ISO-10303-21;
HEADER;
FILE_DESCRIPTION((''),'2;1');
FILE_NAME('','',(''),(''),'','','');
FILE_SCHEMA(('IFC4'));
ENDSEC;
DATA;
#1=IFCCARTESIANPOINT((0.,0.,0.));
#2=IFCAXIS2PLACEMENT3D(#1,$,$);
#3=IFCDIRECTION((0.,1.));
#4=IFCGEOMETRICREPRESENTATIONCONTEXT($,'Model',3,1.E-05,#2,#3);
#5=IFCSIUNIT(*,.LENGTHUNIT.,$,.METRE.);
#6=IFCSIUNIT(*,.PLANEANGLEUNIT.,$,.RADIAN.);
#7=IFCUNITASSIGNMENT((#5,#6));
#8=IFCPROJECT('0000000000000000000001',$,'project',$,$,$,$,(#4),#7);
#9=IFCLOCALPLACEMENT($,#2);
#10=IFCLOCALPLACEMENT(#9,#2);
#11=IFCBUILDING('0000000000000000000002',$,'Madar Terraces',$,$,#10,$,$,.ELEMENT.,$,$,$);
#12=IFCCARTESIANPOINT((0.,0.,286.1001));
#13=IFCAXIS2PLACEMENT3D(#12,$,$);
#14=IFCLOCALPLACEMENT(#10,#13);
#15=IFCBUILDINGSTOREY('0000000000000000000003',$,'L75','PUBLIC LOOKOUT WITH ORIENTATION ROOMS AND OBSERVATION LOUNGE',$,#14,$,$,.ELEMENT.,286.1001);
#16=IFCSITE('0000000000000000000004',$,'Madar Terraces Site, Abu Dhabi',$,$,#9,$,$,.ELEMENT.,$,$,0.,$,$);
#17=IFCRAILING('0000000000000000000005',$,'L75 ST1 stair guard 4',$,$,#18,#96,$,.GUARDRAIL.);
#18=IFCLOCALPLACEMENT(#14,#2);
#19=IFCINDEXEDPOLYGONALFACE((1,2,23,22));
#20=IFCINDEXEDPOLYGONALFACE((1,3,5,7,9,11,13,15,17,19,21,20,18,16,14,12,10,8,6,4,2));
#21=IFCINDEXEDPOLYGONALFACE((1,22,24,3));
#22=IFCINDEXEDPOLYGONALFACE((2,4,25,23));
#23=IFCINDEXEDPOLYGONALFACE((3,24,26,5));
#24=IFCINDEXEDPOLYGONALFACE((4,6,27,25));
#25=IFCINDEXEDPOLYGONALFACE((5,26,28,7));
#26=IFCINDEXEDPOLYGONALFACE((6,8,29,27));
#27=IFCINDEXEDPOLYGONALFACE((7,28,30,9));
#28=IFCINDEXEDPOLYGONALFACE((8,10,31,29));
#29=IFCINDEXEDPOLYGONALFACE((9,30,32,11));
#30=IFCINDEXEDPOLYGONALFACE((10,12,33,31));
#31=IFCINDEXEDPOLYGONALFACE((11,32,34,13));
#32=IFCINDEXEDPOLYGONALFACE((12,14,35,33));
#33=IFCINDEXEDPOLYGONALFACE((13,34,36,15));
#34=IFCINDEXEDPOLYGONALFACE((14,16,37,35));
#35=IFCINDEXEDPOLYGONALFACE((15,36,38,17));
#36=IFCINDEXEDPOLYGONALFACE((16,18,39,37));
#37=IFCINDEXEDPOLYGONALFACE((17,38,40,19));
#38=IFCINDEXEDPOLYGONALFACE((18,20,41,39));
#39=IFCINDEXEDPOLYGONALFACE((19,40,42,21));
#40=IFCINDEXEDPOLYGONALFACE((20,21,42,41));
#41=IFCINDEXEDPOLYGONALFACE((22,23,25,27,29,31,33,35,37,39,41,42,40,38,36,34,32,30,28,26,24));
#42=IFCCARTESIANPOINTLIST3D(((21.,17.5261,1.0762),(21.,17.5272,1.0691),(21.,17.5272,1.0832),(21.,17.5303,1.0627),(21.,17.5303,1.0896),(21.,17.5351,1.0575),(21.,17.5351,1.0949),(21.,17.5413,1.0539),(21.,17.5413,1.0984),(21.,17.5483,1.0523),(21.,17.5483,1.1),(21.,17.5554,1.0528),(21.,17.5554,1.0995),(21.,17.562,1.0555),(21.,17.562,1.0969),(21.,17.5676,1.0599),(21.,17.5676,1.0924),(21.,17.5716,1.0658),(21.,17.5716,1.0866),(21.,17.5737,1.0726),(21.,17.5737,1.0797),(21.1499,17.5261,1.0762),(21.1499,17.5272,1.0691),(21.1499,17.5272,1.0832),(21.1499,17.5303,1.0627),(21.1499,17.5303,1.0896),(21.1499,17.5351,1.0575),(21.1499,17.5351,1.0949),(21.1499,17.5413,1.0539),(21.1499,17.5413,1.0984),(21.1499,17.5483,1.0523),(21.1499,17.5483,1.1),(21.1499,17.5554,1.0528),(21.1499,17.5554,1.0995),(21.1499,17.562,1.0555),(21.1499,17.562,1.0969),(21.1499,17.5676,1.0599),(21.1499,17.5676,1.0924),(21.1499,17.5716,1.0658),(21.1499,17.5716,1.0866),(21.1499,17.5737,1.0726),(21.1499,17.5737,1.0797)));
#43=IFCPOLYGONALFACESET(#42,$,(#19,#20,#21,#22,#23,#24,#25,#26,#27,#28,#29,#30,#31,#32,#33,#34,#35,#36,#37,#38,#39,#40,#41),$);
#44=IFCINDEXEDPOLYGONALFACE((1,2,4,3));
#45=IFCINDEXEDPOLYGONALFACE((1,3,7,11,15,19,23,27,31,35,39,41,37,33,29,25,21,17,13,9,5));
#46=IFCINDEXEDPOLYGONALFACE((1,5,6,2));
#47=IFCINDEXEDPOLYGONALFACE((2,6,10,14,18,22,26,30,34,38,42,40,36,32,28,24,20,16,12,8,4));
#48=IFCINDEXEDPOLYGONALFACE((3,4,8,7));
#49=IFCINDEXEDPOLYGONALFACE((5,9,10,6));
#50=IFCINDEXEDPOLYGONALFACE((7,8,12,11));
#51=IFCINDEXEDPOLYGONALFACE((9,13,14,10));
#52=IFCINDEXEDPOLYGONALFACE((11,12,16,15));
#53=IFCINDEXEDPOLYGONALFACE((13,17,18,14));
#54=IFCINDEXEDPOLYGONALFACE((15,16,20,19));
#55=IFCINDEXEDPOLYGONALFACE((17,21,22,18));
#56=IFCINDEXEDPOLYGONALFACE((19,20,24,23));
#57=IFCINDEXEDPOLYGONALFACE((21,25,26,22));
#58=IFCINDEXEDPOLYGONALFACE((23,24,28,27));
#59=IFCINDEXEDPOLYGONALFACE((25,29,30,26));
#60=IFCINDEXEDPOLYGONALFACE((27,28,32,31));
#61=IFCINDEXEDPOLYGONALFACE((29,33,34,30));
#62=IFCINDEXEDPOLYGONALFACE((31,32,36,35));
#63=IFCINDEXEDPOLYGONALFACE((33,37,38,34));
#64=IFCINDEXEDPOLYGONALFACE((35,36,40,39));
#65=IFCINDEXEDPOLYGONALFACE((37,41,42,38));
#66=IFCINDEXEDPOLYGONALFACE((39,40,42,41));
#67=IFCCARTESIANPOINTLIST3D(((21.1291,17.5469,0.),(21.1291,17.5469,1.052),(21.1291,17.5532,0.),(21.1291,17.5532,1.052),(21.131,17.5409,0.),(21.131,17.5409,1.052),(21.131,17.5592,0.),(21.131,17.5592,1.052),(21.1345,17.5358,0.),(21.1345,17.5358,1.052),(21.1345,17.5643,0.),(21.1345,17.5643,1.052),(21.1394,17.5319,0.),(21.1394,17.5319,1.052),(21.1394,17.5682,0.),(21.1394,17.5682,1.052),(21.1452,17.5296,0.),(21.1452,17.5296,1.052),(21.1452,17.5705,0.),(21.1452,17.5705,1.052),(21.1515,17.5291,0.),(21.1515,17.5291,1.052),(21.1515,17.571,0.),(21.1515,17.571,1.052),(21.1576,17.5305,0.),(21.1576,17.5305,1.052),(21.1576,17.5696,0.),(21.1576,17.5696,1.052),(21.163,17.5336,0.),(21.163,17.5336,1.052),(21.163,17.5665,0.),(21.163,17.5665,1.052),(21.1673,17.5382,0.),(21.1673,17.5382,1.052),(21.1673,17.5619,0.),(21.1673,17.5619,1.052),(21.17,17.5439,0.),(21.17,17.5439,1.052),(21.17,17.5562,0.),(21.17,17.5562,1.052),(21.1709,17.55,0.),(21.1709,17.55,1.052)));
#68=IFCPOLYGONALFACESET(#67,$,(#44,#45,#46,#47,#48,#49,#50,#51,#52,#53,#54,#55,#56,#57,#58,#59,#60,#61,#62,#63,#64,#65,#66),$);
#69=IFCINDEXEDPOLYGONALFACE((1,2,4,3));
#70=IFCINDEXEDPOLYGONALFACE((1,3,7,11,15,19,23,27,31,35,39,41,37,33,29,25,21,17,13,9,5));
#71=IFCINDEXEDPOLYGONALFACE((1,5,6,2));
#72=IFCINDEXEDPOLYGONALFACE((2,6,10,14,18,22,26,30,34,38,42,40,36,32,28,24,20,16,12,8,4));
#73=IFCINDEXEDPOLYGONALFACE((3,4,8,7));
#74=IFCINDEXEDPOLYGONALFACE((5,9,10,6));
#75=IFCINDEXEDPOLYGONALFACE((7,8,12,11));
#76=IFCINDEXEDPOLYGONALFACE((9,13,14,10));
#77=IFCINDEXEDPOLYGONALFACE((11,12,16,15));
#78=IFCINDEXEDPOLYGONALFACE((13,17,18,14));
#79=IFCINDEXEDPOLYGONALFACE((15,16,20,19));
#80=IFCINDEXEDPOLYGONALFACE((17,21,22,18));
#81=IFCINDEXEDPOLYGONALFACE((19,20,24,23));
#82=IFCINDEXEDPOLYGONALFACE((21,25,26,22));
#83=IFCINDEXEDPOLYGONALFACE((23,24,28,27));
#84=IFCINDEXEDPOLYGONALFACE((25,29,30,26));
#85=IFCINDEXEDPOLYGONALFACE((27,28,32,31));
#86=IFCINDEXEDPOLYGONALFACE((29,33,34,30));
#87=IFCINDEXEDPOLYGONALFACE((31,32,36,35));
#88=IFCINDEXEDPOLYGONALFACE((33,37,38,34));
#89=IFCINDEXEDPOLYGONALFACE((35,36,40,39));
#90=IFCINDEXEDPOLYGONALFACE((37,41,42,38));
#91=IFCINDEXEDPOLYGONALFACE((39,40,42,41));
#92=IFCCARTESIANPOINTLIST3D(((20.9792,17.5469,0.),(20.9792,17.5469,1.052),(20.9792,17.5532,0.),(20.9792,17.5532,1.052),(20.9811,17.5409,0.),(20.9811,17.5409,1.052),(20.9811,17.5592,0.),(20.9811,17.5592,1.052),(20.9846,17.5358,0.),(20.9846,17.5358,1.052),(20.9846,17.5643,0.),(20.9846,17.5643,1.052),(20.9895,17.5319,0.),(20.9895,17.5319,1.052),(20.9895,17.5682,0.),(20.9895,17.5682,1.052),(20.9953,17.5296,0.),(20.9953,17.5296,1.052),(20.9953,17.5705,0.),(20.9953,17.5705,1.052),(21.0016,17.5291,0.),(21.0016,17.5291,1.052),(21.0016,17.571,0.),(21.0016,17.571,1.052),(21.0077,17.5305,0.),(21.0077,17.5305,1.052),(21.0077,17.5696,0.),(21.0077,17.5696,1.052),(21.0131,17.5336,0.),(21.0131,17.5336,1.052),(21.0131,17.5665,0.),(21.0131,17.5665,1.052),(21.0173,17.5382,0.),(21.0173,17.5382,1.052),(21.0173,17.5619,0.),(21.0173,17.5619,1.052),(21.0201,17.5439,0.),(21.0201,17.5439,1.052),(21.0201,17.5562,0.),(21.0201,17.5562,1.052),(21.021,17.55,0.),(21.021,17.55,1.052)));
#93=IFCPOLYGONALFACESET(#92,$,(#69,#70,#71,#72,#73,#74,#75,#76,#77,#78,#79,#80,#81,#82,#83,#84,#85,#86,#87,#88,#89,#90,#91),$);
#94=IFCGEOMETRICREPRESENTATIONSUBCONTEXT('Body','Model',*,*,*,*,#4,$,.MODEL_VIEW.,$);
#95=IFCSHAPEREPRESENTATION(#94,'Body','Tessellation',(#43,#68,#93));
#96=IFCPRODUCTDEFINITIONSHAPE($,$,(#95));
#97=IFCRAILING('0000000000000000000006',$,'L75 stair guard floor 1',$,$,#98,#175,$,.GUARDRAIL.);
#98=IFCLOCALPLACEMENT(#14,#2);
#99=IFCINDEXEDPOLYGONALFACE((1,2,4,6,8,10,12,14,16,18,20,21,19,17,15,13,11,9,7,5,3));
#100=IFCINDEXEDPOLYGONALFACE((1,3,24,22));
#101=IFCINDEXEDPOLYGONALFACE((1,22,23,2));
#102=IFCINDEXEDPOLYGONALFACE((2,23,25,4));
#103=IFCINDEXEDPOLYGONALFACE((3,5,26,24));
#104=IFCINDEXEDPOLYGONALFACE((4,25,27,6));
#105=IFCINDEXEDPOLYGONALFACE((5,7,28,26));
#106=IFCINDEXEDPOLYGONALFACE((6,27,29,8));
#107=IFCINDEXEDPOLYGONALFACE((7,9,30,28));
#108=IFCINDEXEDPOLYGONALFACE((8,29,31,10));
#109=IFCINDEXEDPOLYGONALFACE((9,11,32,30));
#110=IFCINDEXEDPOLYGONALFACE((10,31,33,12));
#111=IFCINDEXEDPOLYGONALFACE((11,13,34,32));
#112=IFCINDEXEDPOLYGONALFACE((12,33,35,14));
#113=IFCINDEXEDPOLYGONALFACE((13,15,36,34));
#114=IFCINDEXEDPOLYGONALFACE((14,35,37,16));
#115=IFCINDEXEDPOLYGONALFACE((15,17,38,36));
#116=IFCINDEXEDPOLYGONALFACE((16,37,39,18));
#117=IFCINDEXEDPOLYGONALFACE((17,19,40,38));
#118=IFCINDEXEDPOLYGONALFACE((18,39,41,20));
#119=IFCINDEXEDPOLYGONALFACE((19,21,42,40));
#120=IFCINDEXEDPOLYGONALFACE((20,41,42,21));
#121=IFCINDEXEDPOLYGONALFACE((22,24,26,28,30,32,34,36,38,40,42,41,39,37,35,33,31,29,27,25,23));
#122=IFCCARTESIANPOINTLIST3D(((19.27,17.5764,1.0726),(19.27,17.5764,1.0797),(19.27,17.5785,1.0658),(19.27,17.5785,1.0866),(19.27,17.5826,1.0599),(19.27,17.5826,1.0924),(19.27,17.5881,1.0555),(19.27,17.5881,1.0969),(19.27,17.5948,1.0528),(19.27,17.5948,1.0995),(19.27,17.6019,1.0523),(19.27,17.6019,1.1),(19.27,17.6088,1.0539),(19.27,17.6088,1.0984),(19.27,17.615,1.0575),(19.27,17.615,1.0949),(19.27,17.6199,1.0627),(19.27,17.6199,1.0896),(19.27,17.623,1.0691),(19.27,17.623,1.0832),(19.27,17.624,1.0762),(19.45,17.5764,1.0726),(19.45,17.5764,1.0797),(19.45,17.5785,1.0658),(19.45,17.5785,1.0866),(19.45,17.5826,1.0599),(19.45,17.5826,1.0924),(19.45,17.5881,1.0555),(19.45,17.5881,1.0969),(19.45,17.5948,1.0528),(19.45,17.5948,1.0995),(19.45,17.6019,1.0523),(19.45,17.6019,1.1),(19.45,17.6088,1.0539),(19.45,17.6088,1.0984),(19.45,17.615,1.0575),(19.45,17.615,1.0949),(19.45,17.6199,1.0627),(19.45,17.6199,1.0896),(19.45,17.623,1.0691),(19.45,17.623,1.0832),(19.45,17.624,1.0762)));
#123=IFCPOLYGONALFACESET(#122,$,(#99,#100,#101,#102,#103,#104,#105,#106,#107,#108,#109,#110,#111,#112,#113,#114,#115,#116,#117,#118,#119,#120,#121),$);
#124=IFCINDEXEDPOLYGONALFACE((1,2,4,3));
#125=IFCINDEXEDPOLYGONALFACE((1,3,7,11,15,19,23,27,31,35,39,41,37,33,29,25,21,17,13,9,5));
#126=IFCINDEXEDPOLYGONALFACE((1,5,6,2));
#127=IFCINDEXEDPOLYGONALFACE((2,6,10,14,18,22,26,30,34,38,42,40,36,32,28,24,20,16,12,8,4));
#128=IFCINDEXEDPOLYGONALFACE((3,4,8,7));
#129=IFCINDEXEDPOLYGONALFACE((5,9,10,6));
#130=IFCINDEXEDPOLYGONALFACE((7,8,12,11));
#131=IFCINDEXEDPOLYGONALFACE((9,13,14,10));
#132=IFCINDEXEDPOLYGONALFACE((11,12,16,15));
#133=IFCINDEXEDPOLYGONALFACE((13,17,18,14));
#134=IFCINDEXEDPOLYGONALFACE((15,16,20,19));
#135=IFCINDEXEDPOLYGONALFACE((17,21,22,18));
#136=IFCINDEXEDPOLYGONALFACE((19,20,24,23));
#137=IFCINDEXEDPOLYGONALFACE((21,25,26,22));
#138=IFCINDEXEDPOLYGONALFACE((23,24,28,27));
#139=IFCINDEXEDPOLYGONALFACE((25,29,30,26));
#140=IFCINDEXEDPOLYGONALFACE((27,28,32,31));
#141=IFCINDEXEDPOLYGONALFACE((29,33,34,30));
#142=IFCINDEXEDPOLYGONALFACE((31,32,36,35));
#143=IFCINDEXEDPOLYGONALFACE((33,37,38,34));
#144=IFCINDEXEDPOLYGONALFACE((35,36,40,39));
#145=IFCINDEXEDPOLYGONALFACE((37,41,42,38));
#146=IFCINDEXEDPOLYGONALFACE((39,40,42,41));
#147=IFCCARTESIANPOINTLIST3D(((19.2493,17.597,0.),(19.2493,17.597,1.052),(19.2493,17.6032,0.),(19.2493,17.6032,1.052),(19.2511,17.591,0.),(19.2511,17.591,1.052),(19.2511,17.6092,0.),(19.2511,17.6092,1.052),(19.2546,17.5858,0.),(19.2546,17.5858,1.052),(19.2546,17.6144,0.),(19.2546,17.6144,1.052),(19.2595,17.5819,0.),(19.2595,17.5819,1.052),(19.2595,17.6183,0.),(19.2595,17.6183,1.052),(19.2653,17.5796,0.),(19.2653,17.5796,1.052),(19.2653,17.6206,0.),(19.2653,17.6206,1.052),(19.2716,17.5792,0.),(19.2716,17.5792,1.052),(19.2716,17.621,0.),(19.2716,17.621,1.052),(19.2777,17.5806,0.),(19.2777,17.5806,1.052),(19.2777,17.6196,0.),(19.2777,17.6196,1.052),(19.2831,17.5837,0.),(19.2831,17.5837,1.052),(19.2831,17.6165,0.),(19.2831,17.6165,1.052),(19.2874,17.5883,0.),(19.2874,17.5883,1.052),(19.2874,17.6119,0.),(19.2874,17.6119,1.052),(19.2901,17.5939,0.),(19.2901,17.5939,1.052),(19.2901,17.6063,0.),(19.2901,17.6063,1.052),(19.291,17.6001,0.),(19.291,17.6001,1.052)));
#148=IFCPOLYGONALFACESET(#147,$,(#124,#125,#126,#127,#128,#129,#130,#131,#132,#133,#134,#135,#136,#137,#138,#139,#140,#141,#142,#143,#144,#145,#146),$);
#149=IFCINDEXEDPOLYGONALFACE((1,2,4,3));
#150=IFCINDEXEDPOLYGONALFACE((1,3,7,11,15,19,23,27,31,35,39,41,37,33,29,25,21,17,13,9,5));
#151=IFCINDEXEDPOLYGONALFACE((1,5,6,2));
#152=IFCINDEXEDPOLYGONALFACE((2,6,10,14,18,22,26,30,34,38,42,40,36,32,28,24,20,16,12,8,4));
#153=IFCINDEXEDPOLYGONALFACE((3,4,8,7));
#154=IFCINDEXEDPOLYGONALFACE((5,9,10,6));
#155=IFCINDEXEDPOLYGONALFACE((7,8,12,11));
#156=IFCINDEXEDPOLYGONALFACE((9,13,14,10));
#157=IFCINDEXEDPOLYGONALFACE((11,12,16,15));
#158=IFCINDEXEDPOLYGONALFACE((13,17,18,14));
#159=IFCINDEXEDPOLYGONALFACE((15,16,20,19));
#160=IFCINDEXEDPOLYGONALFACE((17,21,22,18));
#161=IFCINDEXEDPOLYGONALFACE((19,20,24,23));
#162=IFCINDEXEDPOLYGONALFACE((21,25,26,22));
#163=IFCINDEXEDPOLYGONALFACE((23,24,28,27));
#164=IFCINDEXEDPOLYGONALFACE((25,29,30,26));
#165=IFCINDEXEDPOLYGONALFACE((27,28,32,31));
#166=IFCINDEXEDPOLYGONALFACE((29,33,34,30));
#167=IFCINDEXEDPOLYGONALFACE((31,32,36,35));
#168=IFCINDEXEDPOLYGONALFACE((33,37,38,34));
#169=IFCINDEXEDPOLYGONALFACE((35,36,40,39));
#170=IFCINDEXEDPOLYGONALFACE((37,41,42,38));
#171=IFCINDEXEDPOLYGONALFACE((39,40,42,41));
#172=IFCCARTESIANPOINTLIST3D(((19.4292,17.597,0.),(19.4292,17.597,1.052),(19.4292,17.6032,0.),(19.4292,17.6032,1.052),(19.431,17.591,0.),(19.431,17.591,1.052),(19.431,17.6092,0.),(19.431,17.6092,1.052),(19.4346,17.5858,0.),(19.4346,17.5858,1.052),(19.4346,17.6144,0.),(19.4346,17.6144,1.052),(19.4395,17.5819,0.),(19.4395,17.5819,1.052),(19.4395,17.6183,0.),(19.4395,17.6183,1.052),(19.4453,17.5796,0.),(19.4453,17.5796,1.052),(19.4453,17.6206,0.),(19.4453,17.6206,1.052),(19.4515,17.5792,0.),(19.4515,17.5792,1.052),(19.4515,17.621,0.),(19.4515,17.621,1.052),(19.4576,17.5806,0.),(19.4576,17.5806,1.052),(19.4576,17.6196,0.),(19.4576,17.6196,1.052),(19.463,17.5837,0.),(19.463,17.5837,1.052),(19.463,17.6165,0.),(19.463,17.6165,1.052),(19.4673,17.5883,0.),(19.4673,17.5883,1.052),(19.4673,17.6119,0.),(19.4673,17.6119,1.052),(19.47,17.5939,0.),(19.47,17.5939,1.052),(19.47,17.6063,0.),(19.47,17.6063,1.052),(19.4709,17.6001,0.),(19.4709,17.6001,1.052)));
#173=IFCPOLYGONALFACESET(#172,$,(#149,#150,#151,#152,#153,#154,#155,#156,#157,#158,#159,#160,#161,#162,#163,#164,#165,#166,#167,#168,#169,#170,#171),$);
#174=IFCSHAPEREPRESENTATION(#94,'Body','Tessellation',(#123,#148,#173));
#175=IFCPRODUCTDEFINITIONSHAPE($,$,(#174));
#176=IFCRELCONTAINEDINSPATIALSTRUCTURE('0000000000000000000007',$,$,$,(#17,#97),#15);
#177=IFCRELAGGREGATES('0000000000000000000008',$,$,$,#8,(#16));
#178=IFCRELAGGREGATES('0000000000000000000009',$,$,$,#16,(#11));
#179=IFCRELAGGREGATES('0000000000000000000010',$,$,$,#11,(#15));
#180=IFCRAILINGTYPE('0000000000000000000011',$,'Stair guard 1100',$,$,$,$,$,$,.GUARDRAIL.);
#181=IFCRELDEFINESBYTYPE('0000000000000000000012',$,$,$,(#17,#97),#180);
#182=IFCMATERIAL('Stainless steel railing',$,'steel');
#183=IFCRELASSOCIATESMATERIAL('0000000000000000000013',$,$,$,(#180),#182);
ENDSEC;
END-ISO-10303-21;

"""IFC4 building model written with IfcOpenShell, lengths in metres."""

from ifc_helpers import new_model, si_unit, direction, frame, origin, origin_2d, place, context, subcontext, project, spatial, circle, extrude, material, type_object, element, save


model = new_model("IFC4")

# Units and contexts
model_context = context("Model", 3, precision=1e-05, world=origin(), true_north=direction((0.0, 1.0)))
body_context = subcontext(model_context, "Body", "Model", "MODEL_VIEW")
ifc_project = project(units=[si_unit("LENGTHUNIT", "METRE"), si_unit("PLANEANGLEUNIT", "RADIAN")], contexts=[model_context])

# Site, building, storey
site_placement = place(None, origin())
site = spatial("IfcSite", under=ifc_project, at=site_placement, Name="Madar Terraces Site, Abu Dhabi", CompositionType="ELEMENT", RefElevation=0.0)
building_placement = place(site_placement, origin())
building = spatial("IfcBuilding", under=site, at=building_placement, Name="Madar Terraces", CompositionType="ELEMENT")
storey_placement = place(building_placement, frame((0.0, 0.0, 286.1001)))
storey = spatial("IfcBuildingStorey", under=building, at=storey_placement, Name="L75", Description="PUBLIC LOOKOUT WITH ORIENTATION ROOMS AND OBSERVATION LOUNGE", CompositionType="ELEMENT", Elevation=286.1001)

# Railings
ifc_material_1 = material(Name="Stainless steel railing", Category="steel")
railing_type = type_object("IfcRailingType", Name="Stair guard 1100", PredefinedType="GUARDRAIL", material=ifc_material_1)
railing_1_placement = place(storey_placement, frame((21.1499, 17.55, 0.0)))
element("IfcRailing", 1, at=railing_1_placement, inside=storey, type_object=railing_type, Name="L75 ST1 stair guard 4", PredefinedType="GUARDRAIL", context=body_context, shape_type="SweptSolid", body=[
    extrude(circle(Radius=0.0239, at=origin_2d()), frame((0.0, 0.0, 1.0762), z_axis=(-1.0, 0.0, 0.0), x_axis=(0.0, -1.0, 0.0)), (0.0, 0.0, 1.0), 0.1499),
    extrude(circle(Radius=0.021, at=origin_2d()), origin(), (0.0, 0.0, 1.0), 1.052),
    extrude(circle(Radius=0.021, at=origin_2d()), frame((-0.1499, 0.0, 0.0)), (0.0, 0.0, 1.0), 1.052),
])
railing_2_placement = place(storey_placement, frame((19.27, 17.6001, 0.0)))
element("IfcRailing", 2, at=railing_2_placement, inside=storey, type_object=railing_type, Name="L75 stair guard floor 1", PredefinedType="GUARDRAIL", context=body_context, shape_type="SweptSolid", body=[
    extrude(circle(Radius=0.0239, at=origin_2d()), frame((0.0, 0.0, 1.0762), z_axis=(1.0, 0.0, 0.0), x_axis=(0.0, 1.0, 0.0)), (0.0, 0.0, 1.0), 0.1799),
    extrude(circle(Radius=0.021, at=origin_2d()), origin(), (0.0, 0.0, 1.0), 1.052),
    extrude(circle(Radius=0.021, at=origin_2d()), frame((0.1799, 0.0, 0.0)), (0.0, 0.0, 1.0), 1.052),
])

save(model, "model.ifc")
